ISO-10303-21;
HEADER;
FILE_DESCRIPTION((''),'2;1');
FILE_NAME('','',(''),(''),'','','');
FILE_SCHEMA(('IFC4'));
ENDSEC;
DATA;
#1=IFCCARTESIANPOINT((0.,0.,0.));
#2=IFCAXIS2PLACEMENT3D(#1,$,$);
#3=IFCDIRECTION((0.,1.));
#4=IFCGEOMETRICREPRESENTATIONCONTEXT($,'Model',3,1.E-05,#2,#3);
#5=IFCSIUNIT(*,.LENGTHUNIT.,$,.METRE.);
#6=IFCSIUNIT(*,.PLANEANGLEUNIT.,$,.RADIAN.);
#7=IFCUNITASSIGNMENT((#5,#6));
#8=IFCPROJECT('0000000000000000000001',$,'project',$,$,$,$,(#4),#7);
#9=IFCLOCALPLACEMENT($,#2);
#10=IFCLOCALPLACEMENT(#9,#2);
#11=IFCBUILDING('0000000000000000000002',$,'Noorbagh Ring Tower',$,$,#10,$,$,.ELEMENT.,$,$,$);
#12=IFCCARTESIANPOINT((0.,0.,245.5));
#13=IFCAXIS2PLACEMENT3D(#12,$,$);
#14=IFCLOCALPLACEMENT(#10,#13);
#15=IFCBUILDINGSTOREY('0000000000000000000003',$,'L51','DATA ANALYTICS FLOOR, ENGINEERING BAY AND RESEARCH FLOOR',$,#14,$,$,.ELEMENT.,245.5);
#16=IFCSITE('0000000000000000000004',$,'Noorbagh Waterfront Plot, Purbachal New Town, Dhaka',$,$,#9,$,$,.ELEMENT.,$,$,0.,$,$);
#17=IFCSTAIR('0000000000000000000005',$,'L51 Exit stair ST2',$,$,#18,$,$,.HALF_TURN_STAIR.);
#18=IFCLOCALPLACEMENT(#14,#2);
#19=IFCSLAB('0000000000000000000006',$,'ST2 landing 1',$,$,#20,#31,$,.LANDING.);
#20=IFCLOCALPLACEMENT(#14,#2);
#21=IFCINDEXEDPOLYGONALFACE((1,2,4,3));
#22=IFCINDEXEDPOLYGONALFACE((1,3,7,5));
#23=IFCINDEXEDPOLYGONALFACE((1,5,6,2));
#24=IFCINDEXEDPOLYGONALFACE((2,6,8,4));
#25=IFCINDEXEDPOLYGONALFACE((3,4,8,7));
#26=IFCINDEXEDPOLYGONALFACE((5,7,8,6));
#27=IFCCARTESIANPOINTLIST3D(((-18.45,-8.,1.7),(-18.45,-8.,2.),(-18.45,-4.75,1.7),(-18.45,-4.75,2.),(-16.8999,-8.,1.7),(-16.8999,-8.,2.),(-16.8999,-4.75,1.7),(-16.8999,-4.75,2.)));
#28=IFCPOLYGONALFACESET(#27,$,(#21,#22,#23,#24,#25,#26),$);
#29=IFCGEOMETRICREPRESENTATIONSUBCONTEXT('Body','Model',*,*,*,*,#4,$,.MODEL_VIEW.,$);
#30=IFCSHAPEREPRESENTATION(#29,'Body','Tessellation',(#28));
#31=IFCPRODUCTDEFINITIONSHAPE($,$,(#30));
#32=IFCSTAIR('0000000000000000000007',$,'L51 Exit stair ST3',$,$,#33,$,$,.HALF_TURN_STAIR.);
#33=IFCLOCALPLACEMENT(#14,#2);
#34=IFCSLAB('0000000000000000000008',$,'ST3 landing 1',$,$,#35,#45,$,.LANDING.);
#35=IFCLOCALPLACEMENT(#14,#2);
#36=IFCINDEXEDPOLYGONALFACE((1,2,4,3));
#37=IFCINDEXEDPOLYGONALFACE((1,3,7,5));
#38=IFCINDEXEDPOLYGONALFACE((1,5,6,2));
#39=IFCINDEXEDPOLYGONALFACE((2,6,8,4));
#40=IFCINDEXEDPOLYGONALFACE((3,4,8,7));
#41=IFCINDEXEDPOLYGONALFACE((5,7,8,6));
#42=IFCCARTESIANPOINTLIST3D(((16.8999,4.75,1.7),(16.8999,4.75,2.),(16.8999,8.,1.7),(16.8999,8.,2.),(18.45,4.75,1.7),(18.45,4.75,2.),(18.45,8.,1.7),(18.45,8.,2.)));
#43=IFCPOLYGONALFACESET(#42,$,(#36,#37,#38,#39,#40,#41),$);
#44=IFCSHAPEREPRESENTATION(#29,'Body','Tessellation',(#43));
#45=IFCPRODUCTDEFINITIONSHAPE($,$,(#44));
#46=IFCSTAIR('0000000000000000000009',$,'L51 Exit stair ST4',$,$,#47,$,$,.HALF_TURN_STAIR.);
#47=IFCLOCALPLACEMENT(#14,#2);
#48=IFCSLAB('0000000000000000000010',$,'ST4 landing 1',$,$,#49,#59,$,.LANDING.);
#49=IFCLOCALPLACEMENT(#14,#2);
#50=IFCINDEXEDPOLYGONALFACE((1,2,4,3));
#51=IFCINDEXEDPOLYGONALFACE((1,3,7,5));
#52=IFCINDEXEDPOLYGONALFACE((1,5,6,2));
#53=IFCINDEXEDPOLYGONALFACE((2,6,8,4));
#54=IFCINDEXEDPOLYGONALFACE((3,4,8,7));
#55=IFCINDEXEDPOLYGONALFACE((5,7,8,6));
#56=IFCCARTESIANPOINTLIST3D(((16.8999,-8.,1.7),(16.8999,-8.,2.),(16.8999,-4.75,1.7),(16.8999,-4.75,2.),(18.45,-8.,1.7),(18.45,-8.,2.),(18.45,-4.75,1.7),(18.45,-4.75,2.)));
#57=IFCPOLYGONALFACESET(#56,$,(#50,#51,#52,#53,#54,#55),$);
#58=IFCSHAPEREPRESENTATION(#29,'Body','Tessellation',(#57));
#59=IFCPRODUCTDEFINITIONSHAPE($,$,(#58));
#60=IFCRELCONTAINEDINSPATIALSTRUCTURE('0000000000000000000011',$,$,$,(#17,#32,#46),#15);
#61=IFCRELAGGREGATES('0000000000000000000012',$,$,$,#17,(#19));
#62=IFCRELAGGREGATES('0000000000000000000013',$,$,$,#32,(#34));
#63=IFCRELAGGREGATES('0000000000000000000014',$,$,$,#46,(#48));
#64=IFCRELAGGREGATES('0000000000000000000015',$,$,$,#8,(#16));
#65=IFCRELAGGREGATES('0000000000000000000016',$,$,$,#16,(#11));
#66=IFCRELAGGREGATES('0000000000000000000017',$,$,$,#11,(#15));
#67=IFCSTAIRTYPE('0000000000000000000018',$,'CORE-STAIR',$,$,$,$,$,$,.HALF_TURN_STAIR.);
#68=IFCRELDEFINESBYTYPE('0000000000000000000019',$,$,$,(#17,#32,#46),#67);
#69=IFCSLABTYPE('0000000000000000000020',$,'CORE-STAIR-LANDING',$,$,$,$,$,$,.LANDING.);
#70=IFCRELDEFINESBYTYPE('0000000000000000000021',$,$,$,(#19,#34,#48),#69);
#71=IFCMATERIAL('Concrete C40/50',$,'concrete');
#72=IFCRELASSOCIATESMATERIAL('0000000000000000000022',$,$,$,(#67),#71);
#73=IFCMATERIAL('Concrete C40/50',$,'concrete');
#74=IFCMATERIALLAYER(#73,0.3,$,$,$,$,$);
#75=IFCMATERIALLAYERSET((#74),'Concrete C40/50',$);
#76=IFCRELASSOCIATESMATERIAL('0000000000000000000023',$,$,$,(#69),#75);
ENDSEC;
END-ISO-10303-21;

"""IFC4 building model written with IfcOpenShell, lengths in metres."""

from ifc_helpers import new_model, si_unit, direction, frame, origin, place, context, subcontext, project, spatial, polyline, outline, extrude, material, layer, layer_set, type_object, element, aggregate, save


model = new_model("IFC4")

# Units and contexts
model_context = context("Model", 3, precision=1e-05, world=origin(), true_north=direction((0.0, 1.0)))
body_context = subcontext(model_context, "Body", "Model", "MODEL_VIEW")
ifc_project = project(units=[si_unit("LENGTHUNIT", "METRE"), si_unit("PLANEANGLEUNIT", "RADIAN")], contexts=[model_context])

# Site, building, storey
site_placement = place(None, origin())
site = spatial("IfcSite", under=ifc_project, at=site_placement, Name="Noorbagh Waterfront Plot, Purbachal New Town, Dhaka", CompositionType="ELEMENT", RefElevation=0.0)
building_placement = place(site_placement, origin())
building = spatial("IfcBuilding", under=site, at=building_placement, Name="Noorbagh Ring Tower", CompositionType="ELEMENT")
storey_placement = place(building_placement, frame((0.0, 0.0, 245.5)))
storey = spatial("IfcBuildingStorey", under=building, at=storey_placement, Name="L51", Description="DATA ANALYTICS FLOOR, ENGINEERING BAY AND RESEARCH FLOOR", CompositionType="ELEMENT", Elevation=245.5)

# Stairs, slabs
ifc_material_1 = material(Name="Concrete C40/50", Category="concrete")
stair_type = type_object("IfcStairType", Name="CORE-STAIR", PredefinedType="HALF_TURN_STAIR", material=ifc_material_1)
ifc_material_2 = material(Name="Concrete C40/50", Category="concrete")
ifc_layer_1 = layer(ifc_material_2, 0.3)
ifc_layer_set_1 = layer_set([ifc_layer_1], Name="Concrete C40/50")
slab_type_1 = type_object("IfcSlabType", Name="CORE-STAIR-LANDING", PredefinedType="LANDING", material=ifc_layer_set_1)
stair_1_placement = place(storey_placement, origin())
stair_1 = element("IfcStair", 1, at=stair_1_placement, inside=storey, type_object=stair_type, Name="L51 Exit stair ST2", PredefinedType="HALF_TURN_STAIR")
slab_1_placement = place(storey_placement, frame((0.0, 0.0, 1.7)))
slab_1 = element("IfcSlab", 2, at=slab_1_placement, type_object=slab_type_1, Name="ST2 landing 1", PredefinedType="LANDING", context=body_context, shape_type="SweptSolid", body=[
    extrude(outline(polyline([(-18.45, -8.0), (-16.8999, -8.0), (-16.8999, -4.75), (-18.45, -4.75), (-18.45, -8.0)])), origin(), (0.0, 0.0, 1.0), 0.3),
])
aggregate(stair_1, [slab_1])
stair_2_placement = place(storey_placement, origin())
stair_2 = element("IfcStair", 3, at=stair_2_placement, inside=storey, type_object=stair_type, Name="L51 Exit stair ST3", PredefinedType="HALF_TURN_STAIR")
slab_2_placement = place(storey_placement, frame((0.0, 0.0, 1.7)))
slab_2 = element("IfcSlab", 4, at=slab_2_placement, type_object=slab_type_1, Name="ST3 landing 1", PredefinedType="LANDING", context=body_context, shape_type="SweptSolid", body=[
    extrude(outline(polyline([(18.45, 8.0), (16.8999, 8.0), (16.8999, 4.75), (18.45, 4.75), (18.45, 8.0)])), origin(), (0.0, 0.0, 1.0), 0.3),
])
aggregate(stair_2, [slab_2])
stair_3_placement = place(storey_placement, origin())
stair_3 = element("IfcStair", 5, at=stair_3_placement, inside=storey, type_object=stair_type, Name="L51 Exit stair ST4", PredefinedType="HALF_TURN_STAIR")
slab_3_placement = place(storey_placement, frame((0.0, 0.0, 1.7)))
slab_3 = element("IfcSlab", 6, at=slab_3_placement, type_object=slab_type_1, Name="ST4 landing 1", PredefinedType="LANDING", context=body_context, shape_type="SweptSolid", body=[
    extrude(outline(polyline([(18.45, -4.75), (16.8999, -4.75), (16.8999, -8.0), (18.45, -8.0), (18.45, -4.75)])), origin(), (0.0, 0.0, 1.0), 0.3),
])
aggregate(stair_3, [slab_3])

save(model, "model.ifc")
